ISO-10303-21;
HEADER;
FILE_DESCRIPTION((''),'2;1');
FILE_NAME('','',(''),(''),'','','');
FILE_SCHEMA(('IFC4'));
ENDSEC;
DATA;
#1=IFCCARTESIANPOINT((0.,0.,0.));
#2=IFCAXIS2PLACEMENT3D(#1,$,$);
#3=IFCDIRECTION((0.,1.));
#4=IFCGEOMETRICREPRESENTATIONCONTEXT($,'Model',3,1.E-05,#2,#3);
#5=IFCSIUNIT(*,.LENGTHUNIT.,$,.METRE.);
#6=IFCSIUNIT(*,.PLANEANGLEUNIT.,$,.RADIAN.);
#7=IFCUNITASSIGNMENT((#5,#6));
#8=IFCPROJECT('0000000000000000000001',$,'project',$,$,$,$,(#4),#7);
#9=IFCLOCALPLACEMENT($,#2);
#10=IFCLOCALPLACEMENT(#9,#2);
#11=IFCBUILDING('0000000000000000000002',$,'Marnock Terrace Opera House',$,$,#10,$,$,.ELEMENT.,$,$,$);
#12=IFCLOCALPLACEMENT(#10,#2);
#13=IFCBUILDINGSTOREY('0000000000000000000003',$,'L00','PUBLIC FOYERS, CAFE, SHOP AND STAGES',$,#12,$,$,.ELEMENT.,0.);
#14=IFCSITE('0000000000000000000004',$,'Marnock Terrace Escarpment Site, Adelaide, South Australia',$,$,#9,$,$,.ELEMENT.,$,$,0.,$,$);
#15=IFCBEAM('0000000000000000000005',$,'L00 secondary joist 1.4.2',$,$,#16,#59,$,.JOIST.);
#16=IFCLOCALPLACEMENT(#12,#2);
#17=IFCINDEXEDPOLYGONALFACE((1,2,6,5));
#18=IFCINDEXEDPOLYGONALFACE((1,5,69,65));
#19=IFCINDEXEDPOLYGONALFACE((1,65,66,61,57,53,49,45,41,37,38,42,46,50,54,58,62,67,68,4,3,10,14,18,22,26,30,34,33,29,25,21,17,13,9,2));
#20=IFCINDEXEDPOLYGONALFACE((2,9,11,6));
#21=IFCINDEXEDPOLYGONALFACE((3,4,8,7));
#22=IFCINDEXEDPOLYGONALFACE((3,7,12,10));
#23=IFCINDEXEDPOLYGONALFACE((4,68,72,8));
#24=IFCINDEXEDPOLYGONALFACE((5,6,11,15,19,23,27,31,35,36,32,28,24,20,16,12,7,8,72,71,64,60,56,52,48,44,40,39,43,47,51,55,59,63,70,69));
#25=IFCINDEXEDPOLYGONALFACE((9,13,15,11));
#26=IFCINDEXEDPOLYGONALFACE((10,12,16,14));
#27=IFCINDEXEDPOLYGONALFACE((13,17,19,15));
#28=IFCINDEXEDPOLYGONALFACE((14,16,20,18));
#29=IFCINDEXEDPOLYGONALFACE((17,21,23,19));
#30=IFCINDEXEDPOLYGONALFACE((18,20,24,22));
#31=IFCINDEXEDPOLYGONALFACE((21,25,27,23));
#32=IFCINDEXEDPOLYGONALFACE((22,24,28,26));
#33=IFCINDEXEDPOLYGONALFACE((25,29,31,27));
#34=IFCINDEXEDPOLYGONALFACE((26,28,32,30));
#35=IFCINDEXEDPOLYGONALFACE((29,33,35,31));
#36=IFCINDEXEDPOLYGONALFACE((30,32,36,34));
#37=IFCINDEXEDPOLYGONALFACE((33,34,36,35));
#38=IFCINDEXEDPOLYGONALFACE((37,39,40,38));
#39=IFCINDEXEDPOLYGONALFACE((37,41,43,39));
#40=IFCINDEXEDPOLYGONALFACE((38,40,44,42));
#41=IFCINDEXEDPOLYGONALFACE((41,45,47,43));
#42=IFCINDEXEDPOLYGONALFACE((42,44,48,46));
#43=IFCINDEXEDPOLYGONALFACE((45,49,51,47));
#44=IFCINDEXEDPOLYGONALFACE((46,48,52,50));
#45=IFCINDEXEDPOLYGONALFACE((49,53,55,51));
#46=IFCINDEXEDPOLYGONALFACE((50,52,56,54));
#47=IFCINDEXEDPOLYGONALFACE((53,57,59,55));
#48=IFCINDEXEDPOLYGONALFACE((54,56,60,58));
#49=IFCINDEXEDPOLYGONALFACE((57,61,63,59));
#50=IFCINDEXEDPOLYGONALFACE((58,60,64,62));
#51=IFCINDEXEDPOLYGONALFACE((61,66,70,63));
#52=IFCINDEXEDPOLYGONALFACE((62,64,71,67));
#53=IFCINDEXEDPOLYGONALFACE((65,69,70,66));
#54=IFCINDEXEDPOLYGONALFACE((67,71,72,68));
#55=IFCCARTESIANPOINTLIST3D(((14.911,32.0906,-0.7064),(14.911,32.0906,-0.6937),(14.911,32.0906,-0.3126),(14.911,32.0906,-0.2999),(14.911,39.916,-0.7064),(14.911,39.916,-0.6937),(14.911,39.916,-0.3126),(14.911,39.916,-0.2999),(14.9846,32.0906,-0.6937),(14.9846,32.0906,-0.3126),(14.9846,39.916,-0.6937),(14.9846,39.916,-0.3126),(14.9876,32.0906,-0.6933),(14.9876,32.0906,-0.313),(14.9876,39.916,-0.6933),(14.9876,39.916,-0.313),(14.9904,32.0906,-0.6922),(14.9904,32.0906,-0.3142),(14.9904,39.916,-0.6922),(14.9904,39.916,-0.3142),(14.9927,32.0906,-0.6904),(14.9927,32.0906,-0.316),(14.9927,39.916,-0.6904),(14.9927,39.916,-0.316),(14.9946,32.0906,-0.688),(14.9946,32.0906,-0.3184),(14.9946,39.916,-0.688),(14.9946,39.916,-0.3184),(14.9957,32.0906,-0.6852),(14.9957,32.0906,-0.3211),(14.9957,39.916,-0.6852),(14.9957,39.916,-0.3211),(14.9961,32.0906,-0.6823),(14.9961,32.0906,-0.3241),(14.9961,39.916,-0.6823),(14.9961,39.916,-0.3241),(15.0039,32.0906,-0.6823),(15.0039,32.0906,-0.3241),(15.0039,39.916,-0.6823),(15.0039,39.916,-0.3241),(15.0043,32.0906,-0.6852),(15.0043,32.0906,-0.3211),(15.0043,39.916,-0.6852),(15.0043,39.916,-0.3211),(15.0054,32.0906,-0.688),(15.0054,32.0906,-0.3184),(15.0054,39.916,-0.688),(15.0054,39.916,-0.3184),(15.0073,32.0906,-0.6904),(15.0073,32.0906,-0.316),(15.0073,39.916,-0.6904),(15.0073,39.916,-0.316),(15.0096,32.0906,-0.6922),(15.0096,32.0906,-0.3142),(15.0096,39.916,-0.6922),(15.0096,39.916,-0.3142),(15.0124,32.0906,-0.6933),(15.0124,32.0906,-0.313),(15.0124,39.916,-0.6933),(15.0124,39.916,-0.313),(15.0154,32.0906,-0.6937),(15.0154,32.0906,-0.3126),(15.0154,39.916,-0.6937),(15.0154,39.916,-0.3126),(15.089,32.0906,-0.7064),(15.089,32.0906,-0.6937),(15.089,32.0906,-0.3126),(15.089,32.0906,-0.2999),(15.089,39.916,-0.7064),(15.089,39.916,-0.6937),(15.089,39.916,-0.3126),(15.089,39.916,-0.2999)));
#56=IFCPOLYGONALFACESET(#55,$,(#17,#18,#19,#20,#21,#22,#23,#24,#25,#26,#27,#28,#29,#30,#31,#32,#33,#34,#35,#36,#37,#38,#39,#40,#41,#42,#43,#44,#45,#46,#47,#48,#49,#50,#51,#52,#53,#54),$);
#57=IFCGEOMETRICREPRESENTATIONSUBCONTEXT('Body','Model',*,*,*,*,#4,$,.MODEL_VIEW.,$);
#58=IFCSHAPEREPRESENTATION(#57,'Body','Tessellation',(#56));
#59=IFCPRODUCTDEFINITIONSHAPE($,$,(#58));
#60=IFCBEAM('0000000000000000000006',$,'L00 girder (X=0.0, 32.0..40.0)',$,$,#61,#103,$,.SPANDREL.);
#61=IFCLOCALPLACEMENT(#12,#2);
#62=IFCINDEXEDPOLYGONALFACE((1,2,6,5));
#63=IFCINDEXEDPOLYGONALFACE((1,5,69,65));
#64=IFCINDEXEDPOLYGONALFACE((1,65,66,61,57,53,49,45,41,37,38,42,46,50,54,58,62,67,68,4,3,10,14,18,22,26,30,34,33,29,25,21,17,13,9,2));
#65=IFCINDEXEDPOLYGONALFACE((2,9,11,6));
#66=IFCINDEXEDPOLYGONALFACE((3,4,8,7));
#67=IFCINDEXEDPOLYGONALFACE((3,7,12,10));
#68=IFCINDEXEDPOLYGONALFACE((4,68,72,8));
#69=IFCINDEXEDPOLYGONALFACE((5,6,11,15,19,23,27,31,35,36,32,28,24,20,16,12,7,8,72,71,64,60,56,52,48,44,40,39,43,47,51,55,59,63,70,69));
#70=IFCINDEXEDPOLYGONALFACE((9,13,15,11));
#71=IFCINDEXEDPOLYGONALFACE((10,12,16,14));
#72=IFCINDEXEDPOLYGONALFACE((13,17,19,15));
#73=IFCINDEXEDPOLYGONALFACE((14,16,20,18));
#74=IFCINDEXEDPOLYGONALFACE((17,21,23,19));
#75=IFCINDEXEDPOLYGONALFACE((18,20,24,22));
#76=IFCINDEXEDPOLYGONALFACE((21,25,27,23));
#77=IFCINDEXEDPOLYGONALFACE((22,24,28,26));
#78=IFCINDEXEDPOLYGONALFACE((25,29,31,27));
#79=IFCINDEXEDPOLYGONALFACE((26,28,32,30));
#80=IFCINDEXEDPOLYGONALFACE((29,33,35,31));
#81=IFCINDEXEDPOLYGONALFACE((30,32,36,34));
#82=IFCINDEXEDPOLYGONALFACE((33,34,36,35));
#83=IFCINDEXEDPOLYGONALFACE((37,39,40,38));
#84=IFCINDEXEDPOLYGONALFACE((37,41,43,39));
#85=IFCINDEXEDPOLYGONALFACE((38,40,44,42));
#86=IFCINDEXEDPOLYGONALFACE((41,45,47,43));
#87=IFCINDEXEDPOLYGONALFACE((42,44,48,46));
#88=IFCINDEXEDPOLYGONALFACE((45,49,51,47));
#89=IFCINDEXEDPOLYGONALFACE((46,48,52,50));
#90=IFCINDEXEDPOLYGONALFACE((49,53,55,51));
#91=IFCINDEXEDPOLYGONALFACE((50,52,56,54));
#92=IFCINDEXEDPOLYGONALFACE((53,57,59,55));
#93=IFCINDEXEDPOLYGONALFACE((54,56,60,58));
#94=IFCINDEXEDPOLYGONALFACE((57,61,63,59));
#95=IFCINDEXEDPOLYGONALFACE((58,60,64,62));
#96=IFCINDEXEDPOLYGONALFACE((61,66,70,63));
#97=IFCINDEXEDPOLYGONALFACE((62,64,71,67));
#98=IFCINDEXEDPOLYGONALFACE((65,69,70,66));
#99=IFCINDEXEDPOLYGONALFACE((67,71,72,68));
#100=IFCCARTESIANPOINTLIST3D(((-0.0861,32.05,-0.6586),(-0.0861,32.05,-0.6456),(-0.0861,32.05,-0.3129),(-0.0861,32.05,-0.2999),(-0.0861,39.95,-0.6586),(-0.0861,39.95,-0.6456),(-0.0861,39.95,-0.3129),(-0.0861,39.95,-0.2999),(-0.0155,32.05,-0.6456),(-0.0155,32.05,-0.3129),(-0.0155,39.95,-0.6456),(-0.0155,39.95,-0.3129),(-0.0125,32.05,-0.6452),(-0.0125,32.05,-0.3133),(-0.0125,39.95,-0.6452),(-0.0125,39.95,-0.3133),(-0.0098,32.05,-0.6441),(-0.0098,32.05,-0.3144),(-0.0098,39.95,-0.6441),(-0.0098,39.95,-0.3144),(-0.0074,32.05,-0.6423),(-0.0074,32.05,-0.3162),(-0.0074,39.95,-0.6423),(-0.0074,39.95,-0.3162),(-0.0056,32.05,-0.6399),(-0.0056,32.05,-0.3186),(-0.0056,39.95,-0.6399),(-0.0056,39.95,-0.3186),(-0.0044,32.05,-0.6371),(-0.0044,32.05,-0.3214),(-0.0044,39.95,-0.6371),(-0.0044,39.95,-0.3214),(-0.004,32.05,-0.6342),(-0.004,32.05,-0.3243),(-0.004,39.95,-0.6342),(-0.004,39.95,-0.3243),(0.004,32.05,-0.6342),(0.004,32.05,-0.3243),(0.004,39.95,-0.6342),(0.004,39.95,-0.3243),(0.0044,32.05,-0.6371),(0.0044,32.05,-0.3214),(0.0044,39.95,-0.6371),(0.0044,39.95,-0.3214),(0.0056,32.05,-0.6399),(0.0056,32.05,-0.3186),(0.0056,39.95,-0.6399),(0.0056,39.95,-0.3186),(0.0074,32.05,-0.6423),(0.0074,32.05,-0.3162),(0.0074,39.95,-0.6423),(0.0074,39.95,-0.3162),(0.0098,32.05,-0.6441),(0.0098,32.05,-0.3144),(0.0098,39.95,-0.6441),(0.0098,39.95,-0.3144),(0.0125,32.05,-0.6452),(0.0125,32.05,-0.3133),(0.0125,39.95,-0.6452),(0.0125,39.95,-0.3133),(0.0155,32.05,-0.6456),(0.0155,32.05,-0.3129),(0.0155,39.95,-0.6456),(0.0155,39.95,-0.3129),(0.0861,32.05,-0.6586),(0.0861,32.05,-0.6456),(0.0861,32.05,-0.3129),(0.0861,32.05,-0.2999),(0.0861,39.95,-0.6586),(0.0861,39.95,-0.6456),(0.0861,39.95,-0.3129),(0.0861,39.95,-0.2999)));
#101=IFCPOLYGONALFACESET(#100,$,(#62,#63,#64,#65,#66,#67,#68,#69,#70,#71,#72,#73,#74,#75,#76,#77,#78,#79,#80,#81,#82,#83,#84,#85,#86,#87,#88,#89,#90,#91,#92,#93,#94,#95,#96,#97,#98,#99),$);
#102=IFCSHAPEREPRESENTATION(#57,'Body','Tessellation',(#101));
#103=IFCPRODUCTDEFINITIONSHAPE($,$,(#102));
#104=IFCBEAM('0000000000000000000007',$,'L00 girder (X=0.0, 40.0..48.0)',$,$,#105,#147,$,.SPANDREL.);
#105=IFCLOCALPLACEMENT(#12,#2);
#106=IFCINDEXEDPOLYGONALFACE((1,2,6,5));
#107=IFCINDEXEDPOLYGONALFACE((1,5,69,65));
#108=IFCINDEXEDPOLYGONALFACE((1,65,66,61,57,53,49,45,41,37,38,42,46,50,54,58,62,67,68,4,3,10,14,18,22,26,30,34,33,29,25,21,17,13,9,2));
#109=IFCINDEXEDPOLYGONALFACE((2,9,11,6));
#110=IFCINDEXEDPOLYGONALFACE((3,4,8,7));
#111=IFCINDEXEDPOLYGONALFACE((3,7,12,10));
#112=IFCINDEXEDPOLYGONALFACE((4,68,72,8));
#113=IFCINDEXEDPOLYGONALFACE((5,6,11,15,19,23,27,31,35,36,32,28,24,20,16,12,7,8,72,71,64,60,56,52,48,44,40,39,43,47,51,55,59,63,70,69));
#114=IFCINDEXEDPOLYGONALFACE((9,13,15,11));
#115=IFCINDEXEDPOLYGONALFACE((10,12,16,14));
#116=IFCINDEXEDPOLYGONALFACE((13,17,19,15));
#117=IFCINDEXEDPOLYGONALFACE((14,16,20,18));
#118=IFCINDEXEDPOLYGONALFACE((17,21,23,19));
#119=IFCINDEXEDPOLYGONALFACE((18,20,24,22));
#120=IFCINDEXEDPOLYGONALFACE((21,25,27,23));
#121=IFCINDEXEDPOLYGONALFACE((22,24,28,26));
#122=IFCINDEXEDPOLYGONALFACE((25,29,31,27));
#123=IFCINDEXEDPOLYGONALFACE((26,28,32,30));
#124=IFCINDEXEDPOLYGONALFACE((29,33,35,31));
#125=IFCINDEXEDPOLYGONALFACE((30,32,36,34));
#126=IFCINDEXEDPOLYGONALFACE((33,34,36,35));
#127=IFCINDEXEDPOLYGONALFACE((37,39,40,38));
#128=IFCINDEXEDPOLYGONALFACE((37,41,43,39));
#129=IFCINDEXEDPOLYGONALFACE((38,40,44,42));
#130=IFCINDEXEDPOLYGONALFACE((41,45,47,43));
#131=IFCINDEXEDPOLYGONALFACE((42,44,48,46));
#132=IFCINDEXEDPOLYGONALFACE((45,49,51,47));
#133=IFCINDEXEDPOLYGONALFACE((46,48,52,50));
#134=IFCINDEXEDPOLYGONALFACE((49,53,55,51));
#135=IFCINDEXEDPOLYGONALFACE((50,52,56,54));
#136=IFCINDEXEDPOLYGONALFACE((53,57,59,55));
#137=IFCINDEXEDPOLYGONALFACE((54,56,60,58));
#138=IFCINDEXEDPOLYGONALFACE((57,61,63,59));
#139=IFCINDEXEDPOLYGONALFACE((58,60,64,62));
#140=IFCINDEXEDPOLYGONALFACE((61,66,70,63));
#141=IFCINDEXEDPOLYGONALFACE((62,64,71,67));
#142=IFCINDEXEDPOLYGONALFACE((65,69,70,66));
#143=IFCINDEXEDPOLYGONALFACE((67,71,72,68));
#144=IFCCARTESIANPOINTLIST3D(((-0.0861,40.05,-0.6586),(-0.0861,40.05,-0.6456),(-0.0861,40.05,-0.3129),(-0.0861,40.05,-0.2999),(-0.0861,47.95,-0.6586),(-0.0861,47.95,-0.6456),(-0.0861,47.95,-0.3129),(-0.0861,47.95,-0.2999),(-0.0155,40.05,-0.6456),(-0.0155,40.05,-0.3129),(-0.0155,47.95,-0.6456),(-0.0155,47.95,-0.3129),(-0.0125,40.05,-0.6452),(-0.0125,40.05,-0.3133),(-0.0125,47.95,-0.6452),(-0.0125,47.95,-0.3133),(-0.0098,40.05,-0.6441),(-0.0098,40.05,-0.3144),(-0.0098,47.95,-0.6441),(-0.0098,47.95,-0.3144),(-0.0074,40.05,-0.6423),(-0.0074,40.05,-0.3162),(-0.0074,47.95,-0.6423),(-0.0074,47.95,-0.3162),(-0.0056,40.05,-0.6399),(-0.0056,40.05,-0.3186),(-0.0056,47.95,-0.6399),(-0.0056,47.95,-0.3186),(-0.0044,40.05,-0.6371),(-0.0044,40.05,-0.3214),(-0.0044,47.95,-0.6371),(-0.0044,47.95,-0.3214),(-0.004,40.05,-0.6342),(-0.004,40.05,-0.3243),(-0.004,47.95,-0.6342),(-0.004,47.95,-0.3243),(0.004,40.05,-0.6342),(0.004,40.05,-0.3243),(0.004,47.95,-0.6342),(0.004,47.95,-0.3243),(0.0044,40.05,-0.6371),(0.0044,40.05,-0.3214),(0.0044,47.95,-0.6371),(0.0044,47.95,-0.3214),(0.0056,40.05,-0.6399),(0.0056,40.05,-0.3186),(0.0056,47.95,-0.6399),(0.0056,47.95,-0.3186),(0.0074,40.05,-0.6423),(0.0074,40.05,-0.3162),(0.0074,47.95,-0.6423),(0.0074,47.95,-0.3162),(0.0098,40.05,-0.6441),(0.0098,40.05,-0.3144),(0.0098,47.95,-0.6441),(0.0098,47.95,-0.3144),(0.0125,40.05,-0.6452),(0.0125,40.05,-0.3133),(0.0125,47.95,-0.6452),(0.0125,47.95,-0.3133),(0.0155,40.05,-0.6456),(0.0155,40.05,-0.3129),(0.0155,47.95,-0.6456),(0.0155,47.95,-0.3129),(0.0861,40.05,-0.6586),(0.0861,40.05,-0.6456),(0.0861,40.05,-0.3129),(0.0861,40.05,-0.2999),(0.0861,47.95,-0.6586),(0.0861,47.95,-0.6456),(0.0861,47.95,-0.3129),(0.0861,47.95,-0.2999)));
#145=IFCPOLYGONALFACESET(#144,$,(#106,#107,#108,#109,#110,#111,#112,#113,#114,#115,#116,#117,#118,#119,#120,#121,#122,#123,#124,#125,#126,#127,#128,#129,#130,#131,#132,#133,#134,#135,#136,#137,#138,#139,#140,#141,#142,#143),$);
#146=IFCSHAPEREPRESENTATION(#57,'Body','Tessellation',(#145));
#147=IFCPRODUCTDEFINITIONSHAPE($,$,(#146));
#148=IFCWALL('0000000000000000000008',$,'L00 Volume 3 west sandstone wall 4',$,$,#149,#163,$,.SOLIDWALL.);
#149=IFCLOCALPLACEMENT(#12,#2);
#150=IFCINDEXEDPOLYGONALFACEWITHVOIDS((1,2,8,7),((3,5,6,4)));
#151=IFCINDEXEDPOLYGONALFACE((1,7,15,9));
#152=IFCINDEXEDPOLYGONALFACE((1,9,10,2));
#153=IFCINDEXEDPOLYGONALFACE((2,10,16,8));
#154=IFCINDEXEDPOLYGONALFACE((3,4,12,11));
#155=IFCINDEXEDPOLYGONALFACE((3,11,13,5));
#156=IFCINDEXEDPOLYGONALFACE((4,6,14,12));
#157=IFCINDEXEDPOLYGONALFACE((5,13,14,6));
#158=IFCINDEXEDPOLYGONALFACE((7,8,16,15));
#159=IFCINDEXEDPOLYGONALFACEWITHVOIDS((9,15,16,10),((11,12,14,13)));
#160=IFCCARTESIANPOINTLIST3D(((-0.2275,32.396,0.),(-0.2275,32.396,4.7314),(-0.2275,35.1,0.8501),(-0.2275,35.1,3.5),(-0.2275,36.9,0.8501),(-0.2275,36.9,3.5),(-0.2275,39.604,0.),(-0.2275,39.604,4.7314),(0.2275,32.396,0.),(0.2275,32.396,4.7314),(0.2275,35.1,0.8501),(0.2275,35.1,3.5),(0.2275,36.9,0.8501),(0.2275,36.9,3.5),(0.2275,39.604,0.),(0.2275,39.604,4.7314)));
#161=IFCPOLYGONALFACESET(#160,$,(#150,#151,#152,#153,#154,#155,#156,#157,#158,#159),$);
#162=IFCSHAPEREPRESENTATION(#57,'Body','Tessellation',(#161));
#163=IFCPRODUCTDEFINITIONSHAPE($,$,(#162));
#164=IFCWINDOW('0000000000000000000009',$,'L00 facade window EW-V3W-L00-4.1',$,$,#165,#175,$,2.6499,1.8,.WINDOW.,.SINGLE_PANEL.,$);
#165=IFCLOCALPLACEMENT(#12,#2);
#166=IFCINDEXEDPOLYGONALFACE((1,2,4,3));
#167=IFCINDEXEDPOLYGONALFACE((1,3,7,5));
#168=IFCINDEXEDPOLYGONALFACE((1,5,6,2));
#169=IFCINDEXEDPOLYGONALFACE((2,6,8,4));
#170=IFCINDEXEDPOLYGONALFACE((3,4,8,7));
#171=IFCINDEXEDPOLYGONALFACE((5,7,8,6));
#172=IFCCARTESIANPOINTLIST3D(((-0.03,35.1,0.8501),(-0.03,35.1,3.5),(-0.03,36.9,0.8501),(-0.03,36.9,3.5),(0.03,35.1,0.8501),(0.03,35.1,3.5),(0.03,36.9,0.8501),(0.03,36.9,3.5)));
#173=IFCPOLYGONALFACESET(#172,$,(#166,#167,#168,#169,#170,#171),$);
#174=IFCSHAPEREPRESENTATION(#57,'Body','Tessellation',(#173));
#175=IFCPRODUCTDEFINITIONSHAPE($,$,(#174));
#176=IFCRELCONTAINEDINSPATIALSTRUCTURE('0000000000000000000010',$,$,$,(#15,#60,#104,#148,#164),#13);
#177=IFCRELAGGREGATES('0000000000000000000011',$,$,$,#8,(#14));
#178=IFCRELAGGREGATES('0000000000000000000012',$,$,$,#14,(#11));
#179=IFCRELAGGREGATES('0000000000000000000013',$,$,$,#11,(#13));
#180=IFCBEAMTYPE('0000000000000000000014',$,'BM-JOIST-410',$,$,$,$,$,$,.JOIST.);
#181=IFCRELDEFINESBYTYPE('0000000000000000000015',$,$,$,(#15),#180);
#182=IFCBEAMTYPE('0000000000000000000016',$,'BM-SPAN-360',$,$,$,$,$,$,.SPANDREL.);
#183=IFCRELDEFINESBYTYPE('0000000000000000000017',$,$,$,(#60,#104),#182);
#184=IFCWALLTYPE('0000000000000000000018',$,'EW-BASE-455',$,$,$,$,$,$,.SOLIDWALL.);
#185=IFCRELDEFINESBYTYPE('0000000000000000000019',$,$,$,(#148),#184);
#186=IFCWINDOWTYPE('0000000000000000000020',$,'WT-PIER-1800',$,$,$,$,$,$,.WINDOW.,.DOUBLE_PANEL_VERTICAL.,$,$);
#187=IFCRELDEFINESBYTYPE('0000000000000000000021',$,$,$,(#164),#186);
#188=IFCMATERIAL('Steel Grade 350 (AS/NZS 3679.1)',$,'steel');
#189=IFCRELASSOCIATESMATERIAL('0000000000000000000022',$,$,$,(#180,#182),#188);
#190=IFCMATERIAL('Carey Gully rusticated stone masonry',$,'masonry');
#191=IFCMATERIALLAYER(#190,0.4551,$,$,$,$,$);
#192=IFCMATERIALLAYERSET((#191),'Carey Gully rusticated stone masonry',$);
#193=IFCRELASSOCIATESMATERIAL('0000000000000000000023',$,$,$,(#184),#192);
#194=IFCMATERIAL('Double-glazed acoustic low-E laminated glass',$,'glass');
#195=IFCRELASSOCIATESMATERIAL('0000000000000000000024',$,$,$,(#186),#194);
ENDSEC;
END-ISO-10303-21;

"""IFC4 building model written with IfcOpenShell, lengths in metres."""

from ifc_helpers import new_model, si_unit, direction, frame, frame_2d, origin, origin_2d, place, context, subcontext, project, spatial, rectangle, i_section, extrude, material, layer, layer_set, material_profile, profile_set, type_object, element, fill, save


model = new_model("IFC4")

# Units and contexts
model_context = context("Model", 3, precision=1e-05, world=origin(), true_north=direction((0.0, 1.0)))
body_context = subcontext(model_context, "Body", "Model", "MODEL_VIEW")
ifc_project = project(units=[si_unit("LENGTHUNIT", "METRE"), si_unit("PLANEANGLEUNIT", "RADIAN")], contexts=[model_context])

# Site, building, storey
site_placement = place(None, origin())
site = spatial("IfcSite", under=ifc_project, at=site_placement, Name="Marnock Terrace Escarpment Site, Adelaide, South Australia", CompositionType="ELEMENT", RefElevation=0.0)
building_placement = place(site_placement, origin())
building = spatial("IfcBuilding", under=site, at=building_placement, Name="Marnock Terrace Opera House", CompositionType="ELEMENT")
storey_placement = place(building_placement, origin())
storey = spatial("IfcBuildingStorey", under=building, at=storey_placement, Name="L00", Description="PUBLIC FOYERS, CAFE, SHOP AND STAGES", CompositionType="ELEMENT", Elevation=0.0)

# Beams
ifc_material_1 = material(Name="Steel Grade 350 (AS/NZS 3679.1)", Category="steel")
ifc_material_profile_1 = material_profile(ifc_material_1, i_section(OverallWidth=0.178, OverallDepth=0.4065, WebThickness=0.0078, FlangeThickness=0.0127, FilletRadius=0.0115, at=origin_2d()))
ifc_profile_set_1 = profile_set([ifc_material_profile_1], Name="Steel Grade 350 (AS/NZS 3679.1)")
beam_type_1 = type_object("IfcBeamType", Name="BM-JOIST-410", PredefinedType="JOIST", material=ifc_profile_set_1)
for number, where, z_axis, x_axis, name in (
    (1, (15.0, 32.0906, -0.5032), (0.0, 1.0, 0.0), (-1.0, 0.0, 0.0), "L00 secondary joist 1.4.2"),
):
    element("IfcBeam", number, at=place(storey_placement, frame(where, z_axis=z_axis, x_axis=x_axis)), inside=storey, type_object=beam_type_1, Name=name, PredefinedType="JOIST", context=body_context, shape_type="SweptSolid", body=[
        extrude(i_section(OverallWidth=0.178, OverallDepth=0.4065, WebThickness=0.0078, FlangeThickness=0.0127, FilletRadius=0.0115, at=origin_2d()), origin(), (0.0, 0.0, 1.0), 7.8254),
    ])
ifc_material_profile_2 = material_profile(ifc_material_1, i_section(OverallWidth=0.1721, OverallDepth=0.3586, WebThickness=0.0081, FlangeThickness=0.0129, FilletRadius=0.0115, at=origin_2d()))
ifc_profile_set_2 = profile_set([ifc_material_profile_2], Name="Steel Grade 350 (AS/NZS 3679.1)")
beam_type_2 = type_object("IfcBeamType", Name="BM-SPAN-360", PredefinedType="SPANDREL", material=ifc_profile_set_2)
for number, where, z_axis, x_axis, name in (
    (2, (0.0, 32.05, -0.4792), (0.0, 1.0, 0.0), (-1.0, 0.0, 0.0), "L00 girder (X=0.0, 32.0..40.0)"),
    (3, (0.0, 40.05, -0.4792), (0.0, 1.0, 0.0), (-1.0, 0.0, 0.0), "L00 girder (X=0.0, 40.0..48.0)"),
):
    element("IfcBeam", number, at=place(storey_placement, frame(where, z_axis=z_axis, x_axis=x_axis)), inside=storey, type_object=beam_type_2, Name=name, PredefinedType="SPANDREL", context=body_context, shape_type="SweptSolid", body=[
        extrude(i_section(OverallWidth=0.1721, OverallDepth=0.3586, WebThickness=0.0081, FlangeThickness=0.0129, FilletRadius=0.0115, at=origin_2d()), origin(), (0.0, 0.0, 1.0), 7.8999),
    ])

# Wall, opening, window
ifc_material_2 = material(Name="Carey Gully rusticated stone masonry", Category="masonry")
ifc_layer_1 = layer(ifc_material_2, 0.4551)
ifc_layer_set_1 = layer_set([ifc_layer_1], Name="Carey Gully rusticated stone masonry")
wall_type_1 = type_object("IfcWallType", Name="EW-BASE-455", PredefinedType="SOLIDWALL", material=ifc_layer_set_1)
wall_1_placement = place(storey_placement, frame((0.0, 32.396, 0.0), z_axis=(0.0, 0.0, 1.0), x_axis=(0.0, 1.0, 0.0)))
wall_1 = element("IfcWall", 4, at=wall_1_placement, inside=storey, type_object=wall_type_1, Name="L00 Volume 3 west sandstone wall 4", PredefinedType="SOLIDWALL", context=body_context, shape_type="SweptSolid", body=[
    extrude(rectangle(XDim=7.208, YDim=0.4551, at=frame_2d((3.604, 0.0))), origin(), (0.0, 0.0, 1.0), 4.7314),
])
opening_1_placement = place(wall_1_placement, frame((2.7041, 0.0, 0.8501)))
opening_1 = element("IfcOpeningElement", 5, at=opening_1_placement, cuts=wall_1, PredefinedType="OPENING", context=body_context, shape_type="SweptSolid", body=[
    extrude(rectangle(XDim=1.8, YDim=2.6499, at=frame_2d((0.8999, 1.325))), frame((0.0, 0.2375, 0.0), z_axis=(0.0, -1.0, 0.0), x_axis=(1.0, 0.0, 0.0)), (0.0, 0.0, 1.0), 0.4751),
])
ifc_material_3 = material(Name="Double-glazed acoustic low-E laminated glass", Category="glass")
window_type = type_object("IfcWindowType", Name="WT-PIER-1800", PartitioningType="DOUBLE_PANEL_VERTICAL", PredefinedType="WINDOW", material=ifc_material_3)
window_placement = place(opening_1_placement, origin())
window = element("IfcWindow", 6, at=window_placement, inside=storey, type_object=window_type, Name="L00 facade window EW-V3W-L00-4.1", OverallHeight=2.6499, OverallWidth=1.8, PartitioningType="SINGLE_PANEL", PredefinedType="WINDOW", context=body_context, shape_type="SweptSolid", body=[
    extrude(rectangle(XDim=1.8, YDim=2.6499, at=frame_2d((0.8999, 1.325))), frame((0.0, 0.03, 0.0), z_axis=(0.0, -1.0, 0.0), x_axis=(1.0, 0.0, 0.0)), (0.0, 0.0, 1.0), 0.0601),
])
fill(opening_1, window)

save(model, "model.ifc")
